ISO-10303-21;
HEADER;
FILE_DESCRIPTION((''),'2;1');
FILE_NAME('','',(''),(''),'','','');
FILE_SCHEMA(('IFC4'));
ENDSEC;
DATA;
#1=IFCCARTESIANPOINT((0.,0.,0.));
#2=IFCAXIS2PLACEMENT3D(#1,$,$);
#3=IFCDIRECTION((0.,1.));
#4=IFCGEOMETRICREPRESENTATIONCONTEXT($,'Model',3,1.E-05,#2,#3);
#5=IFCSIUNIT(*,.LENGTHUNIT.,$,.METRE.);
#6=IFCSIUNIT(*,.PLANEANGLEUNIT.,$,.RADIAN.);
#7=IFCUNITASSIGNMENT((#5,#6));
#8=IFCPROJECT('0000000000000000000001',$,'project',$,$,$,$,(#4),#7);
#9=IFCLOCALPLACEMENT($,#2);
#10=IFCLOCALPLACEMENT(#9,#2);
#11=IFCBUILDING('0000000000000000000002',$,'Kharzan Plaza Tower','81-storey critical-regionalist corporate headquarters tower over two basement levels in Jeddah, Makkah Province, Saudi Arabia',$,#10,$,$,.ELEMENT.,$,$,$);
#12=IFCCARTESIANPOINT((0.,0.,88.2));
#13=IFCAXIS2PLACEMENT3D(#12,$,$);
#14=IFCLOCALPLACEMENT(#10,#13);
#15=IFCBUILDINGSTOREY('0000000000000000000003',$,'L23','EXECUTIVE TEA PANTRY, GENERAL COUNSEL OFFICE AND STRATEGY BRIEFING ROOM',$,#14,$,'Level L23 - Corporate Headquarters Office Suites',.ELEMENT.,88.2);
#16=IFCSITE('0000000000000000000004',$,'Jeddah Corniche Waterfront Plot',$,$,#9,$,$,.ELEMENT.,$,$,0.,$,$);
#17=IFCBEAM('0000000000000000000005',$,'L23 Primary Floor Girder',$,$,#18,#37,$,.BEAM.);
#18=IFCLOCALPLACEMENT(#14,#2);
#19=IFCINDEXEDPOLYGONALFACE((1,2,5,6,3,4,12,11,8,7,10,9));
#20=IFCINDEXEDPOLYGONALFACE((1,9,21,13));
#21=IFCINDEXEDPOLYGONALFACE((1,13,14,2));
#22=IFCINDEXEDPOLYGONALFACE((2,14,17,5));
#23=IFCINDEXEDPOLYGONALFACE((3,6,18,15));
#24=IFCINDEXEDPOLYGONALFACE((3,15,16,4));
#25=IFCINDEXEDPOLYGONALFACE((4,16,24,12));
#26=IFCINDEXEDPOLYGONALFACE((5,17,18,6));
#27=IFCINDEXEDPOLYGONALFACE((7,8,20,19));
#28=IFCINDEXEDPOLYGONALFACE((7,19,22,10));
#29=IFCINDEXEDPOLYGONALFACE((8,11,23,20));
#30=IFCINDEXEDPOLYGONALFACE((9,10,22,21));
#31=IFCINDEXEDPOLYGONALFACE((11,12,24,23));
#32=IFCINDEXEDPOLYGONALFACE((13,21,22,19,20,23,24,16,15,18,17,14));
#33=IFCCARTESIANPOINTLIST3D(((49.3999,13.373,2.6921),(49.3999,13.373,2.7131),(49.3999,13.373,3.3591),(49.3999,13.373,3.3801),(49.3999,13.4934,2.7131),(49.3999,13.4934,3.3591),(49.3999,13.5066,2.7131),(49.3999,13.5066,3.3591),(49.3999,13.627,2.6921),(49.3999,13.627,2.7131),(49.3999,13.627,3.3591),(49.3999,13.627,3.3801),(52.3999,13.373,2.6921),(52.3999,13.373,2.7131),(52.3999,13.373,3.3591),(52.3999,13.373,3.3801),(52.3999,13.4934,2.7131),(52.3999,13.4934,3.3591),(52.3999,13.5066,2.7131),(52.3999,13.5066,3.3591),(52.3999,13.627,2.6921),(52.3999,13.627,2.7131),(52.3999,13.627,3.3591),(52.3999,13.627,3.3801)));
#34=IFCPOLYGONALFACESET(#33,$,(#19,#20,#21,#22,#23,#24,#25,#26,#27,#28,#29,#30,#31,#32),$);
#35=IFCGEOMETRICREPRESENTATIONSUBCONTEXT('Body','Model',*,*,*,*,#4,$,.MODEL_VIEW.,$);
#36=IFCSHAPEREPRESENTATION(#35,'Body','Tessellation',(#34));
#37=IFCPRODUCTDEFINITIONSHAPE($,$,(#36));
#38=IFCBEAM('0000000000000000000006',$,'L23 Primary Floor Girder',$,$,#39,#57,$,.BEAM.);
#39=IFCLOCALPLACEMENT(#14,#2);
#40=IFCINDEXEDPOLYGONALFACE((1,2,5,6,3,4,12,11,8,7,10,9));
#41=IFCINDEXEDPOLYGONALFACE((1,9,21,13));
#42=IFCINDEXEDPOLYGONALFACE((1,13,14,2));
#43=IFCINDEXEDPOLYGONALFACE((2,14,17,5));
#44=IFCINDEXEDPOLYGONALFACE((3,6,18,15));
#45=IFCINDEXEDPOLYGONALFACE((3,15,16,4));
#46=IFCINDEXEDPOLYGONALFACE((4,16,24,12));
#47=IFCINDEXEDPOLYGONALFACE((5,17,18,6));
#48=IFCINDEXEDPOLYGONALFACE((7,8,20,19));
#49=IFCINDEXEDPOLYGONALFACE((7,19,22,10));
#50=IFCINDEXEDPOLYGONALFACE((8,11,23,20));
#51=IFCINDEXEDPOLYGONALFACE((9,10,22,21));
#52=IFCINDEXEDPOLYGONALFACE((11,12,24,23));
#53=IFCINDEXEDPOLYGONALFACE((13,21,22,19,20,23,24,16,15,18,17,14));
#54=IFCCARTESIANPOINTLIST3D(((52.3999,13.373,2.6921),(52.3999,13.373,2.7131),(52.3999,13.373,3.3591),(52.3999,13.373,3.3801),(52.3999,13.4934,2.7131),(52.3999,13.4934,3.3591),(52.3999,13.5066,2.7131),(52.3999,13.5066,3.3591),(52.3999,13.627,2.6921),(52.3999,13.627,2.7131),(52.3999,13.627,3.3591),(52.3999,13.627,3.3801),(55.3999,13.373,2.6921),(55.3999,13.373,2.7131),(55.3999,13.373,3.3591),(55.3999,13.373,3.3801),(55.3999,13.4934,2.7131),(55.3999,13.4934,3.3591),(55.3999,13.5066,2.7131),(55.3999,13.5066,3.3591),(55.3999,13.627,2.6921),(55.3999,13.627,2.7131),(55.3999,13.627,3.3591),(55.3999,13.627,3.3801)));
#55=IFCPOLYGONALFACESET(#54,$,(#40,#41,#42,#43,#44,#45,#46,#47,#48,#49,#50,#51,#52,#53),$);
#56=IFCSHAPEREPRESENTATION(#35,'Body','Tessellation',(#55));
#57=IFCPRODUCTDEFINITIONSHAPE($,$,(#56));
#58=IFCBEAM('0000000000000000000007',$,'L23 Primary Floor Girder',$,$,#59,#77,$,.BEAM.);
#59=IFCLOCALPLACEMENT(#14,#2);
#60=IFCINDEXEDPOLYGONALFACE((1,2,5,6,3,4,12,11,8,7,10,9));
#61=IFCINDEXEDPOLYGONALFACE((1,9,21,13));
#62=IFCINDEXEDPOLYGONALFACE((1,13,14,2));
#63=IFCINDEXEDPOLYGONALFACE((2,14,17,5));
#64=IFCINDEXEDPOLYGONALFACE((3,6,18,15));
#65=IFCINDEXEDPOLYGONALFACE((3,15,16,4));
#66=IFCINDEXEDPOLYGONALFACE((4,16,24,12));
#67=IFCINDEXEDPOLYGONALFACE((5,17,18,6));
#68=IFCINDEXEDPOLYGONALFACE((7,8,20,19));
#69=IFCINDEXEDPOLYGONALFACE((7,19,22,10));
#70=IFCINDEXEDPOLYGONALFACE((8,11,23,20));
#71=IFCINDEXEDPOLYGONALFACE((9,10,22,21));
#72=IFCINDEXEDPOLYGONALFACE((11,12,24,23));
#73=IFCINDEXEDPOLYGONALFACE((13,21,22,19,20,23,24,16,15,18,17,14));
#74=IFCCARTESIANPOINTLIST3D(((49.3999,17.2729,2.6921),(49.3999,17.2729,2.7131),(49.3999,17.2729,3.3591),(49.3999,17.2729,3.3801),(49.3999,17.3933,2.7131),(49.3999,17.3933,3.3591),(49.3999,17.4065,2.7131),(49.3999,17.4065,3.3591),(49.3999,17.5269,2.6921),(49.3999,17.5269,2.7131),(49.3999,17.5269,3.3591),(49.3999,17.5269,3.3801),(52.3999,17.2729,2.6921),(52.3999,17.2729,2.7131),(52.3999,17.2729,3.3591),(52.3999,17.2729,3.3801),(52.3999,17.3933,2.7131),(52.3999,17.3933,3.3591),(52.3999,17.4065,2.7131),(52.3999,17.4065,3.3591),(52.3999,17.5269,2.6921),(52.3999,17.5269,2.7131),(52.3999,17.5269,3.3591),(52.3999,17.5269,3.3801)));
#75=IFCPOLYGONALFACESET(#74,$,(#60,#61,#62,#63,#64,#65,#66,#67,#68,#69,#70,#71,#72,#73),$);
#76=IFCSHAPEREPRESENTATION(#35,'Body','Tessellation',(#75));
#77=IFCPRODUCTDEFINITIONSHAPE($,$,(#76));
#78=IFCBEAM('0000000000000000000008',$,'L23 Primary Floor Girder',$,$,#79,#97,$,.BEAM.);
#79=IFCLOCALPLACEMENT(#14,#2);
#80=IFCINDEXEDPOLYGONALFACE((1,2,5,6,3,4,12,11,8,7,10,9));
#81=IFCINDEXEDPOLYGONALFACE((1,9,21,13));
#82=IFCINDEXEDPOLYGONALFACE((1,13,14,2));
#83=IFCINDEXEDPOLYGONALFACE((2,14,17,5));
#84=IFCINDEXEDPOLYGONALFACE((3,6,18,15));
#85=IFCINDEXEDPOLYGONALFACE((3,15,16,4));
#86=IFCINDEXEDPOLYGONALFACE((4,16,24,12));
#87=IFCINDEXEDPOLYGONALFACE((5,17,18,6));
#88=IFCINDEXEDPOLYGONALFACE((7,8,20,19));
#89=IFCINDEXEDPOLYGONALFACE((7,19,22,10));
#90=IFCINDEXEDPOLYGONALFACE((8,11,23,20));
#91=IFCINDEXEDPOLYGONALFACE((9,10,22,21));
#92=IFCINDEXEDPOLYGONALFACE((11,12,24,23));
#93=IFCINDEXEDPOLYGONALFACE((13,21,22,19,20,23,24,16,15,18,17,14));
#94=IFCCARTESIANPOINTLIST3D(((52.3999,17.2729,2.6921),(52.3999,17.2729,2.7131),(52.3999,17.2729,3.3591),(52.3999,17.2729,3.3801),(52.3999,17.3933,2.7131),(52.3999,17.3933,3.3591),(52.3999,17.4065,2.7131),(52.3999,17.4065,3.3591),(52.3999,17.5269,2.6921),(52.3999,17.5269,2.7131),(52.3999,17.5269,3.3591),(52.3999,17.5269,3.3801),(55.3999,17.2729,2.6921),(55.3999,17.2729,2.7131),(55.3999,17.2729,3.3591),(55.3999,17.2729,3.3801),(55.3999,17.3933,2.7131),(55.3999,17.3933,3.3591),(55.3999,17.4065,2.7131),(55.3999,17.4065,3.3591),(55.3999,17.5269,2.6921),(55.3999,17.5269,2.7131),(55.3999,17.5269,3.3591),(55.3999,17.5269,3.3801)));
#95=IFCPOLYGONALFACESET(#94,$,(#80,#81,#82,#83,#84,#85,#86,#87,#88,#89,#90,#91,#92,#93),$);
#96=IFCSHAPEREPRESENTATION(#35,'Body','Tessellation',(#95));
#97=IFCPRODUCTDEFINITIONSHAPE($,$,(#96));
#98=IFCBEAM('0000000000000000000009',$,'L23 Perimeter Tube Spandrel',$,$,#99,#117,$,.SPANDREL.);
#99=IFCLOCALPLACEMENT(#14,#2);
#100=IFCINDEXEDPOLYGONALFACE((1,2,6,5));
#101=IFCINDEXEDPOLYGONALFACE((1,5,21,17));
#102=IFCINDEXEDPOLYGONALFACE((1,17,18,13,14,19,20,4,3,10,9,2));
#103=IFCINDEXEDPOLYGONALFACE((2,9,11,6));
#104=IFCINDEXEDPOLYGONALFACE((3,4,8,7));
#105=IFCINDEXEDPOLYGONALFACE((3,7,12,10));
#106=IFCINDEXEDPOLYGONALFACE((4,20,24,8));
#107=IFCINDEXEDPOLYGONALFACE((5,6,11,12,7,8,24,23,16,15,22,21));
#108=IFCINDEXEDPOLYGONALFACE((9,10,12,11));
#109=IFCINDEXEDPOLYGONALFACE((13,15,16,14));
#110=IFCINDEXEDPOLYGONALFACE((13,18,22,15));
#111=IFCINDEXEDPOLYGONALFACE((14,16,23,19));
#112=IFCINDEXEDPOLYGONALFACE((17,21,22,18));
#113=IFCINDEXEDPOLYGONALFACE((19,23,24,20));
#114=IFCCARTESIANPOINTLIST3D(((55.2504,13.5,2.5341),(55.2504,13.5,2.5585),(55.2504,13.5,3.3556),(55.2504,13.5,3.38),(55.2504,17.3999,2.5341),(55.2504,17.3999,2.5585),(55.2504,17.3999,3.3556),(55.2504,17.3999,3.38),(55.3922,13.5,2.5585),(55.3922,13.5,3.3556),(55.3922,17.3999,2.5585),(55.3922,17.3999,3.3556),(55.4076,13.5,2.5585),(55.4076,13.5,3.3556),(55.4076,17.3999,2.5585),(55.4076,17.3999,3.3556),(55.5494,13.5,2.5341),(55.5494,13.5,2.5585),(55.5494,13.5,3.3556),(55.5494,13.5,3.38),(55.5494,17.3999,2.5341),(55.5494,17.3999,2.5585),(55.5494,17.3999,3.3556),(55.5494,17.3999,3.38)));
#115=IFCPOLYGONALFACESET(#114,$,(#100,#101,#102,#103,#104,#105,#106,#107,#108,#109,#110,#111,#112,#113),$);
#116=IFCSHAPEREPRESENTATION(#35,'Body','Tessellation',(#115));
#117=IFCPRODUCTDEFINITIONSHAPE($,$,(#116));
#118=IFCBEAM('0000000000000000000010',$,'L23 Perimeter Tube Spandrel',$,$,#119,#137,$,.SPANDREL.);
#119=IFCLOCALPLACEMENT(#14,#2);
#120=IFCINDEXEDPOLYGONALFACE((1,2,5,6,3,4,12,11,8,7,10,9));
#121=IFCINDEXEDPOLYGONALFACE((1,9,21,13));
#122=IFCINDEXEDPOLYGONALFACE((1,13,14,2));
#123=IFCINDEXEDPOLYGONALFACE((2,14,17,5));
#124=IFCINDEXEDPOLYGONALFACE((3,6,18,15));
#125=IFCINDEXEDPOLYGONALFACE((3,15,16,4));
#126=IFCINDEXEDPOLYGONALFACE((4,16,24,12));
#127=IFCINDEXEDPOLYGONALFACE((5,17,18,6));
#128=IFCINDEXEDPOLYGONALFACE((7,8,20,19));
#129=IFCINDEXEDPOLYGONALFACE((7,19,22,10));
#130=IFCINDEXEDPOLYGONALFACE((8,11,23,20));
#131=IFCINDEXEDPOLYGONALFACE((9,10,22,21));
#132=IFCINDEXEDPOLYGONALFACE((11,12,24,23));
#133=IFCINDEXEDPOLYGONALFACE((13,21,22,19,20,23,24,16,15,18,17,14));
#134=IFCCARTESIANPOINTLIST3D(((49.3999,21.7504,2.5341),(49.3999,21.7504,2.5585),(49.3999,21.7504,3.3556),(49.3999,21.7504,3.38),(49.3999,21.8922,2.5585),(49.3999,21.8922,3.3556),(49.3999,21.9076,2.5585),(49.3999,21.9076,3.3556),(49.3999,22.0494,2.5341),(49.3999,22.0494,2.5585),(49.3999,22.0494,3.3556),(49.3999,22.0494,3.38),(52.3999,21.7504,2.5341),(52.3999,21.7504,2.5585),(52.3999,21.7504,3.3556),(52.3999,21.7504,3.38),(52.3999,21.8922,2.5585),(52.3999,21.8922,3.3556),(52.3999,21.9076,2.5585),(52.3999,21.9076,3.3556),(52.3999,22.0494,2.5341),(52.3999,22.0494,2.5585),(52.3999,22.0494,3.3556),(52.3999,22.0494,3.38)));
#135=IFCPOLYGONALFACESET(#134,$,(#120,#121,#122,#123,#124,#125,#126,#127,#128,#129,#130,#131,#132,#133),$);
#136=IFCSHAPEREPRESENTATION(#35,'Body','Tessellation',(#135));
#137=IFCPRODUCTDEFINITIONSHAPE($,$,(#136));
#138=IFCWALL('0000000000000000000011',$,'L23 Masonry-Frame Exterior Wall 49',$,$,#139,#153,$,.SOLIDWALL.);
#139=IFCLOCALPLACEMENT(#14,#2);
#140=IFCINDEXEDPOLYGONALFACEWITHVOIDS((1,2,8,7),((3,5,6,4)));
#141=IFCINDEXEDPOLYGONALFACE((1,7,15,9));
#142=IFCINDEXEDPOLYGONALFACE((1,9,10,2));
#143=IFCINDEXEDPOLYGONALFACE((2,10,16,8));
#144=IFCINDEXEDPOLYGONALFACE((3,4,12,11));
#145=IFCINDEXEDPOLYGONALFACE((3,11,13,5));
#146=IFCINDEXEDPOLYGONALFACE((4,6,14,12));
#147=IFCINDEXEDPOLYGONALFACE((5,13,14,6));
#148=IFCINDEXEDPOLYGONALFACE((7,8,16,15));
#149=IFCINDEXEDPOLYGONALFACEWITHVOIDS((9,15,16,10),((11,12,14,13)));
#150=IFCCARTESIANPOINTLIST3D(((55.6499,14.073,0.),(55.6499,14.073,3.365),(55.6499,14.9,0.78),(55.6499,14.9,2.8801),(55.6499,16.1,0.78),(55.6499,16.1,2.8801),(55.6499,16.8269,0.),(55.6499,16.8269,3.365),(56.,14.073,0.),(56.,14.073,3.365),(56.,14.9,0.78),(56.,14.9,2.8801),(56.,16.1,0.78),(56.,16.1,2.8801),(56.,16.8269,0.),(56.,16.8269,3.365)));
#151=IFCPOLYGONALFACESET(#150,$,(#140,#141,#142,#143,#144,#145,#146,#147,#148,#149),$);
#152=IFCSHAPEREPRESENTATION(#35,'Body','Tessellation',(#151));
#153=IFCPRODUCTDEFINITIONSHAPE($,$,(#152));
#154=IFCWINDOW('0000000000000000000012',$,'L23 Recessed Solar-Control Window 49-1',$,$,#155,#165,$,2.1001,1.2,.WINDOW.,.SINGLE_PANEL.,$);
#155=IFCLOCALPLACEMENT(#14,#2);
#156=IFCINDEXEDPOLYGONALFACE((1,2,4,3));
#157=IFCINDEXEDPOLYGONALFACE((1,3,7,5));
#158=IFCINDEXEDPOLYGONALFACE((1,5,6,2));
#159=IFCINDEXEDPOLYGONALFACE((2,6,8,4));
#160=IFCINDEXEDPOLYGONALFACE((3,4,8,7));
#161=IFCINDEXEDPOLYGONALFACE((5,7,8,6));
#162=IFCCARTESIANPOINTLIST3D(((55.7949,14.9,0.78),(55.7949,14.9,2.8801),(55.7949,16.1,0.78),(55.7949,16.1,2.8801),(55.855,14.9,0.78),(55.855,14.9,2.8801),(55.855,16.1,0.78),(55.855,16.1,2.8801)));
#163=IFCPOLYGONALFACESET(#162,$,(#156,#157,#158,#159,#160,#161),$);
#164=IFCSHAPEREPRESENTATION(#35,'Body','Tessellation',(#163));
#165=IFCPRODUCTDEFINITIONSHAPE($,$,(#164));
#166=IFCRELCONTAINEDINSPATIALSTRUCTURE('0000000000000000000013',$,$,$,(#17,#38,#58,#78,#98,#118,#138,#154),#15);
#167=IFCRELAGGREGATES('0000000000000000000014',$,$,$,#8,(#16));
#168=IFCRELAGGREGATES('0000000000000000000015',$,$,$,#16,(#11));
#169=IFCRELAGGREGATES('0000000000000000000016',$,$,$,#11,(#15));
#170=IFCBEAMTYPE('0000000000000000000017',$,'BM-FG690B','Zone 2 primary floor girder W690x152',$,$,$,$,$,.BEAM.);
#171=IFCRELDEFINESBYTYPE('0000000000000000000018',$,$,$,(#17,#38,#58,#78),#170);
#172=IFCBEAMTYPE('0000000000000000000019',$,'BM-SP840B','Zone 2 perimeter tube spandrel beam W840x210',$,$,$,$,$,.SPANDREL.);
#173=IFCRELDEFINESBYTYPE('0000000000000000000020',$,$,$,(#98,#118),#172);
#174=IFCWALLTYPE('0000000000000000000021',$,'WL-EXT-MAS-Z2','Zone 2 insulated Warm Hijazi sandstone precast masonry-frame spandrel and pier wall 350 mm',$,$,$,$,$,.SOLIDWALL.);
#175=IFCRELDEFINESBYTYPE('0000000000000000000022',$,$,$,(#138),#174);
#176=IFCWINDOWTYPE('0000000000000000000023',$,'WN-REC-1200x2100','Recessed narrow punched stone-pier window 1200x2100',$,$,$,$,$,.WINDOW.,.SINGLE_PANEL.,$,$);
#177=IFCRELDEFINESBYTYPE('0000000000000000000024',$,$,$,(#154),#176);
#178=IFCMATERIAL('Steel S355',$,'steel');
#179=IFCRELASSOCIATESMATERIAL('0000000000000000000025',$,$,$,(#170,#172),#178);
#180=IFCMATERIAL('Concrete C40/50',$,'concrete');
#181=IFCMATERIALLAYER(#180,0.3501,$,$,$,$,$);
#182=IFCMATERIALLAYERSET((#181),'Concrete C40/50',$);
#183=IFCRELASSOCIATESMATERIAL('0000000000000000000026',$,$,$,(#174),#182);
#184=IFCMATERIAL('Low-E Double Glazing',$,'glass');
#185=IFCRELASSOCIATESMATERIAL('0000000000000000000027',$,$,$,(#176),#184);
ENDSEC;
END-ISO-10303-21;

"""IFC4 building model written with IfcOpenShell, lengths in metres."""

from ifc_helpers import new_model, si_unit, direction, frame, frame_2d, origin, origin_2d, place, context, subcontext, project, spatial, rectangle, i_section, extrude, source, transform, mapped, material, layer, layer_set, material_profile, profile_set, type_object, element, fill, save


model = new_model("IFC4")

# Units and contexts
model_context = context("Model", 3, precision=1e-05, world=origin(), true_north=direction((0.0, 1.0)))
body_context = subcontext(model_context, "Body", "Model", "MODEL_VIEW")
ifc_project = project(units=[si_unit("LENGTHUNIT", "METRE"), si_unit("PLANEANGLEUNIT", "RADIAN")], contexts=[model_context])

# Site, building, storey
site_placement = place(None, origin())
site = spatial("IfcSite", under=ifc_project, at=site_placement, Name="Jeddah Corniche Waterfront Plot", CompositionType="ELEMENT", RefElevation=0.0)
building_placement = place(site_placement, origin())
building = spatial("IfcBuilding", under=site, at=building_placement, Name="Kharzan Plaza Tower", Description="81-storey critical-regionalist corporate headquarters tower over two basement levels in Jeddah, Makkah Province, Saudi Arabia", CompositionType="ELEMENT")
storey_placement = place(building_placement, frame((0.0, 0.0, 88.2)))
storey = spatial("IfcBuildingStorey", under=building, at=storey_placement, Name="L23", Description="EXECUTIVE TEA PANTRY, GENERAL COUNSEL OFFICE AND STRATEGY BRIEFING ROOM", LongName="Level L23 - Corporate Headquarters Office Suites", CompositionType="ELEMENT", Elevation=88.2)

# Beams
ifc_material_1 = material(Name="Steel S355", Category="steel")
ifc_material_profile_1 = material_profile(ifc_material_1, i_section(OverallWidth=0.2539, OverallDepth=0.688, WebThickness=0.0132, FlangeThickness=0.021, at=origin_2d()), Name="W690x152")
ifc_profile_set_1 = profile_set([ifc_material_profile_1], Name="Steel S355")
beam_type_1 = type_object("IfcBeamType", Name="BM-FG690B", Description="Zone 2 primary floor girder W690x152", PredefinedType="BEAM", material=ifc_profile_set_1)
shared_shape_1 = source(origin(), body_context, "Body", "SweptSolid", [
    extrude(i_section(OverallWidth=0.2539, OverallDepth=0.688, WebThickness=0.0132, FlangeThickness=0.021, at=origin_2d()), origin(), (0.0, 0.0, 1.0), 3.0),
])
for number, where, z_axis, x_axis, name in (
    (1, (49.3999, 13.5, 3.0361), (1.0, 0.0, 0.0), (0.0, 1.0, 0.0), "L23 Primary Floor Girder"),
    (2, (52.3999, 13.5, 3.0361), (1.0, 0.0, 0.0), (0.0, 1.0, 0.0), "L23 Primary Floor Girder"),
    (3, (49.3999, 17.3999, 3.0361), (1.0, 0.0, 0.0), (0.0, 1.0, 0.0), "L23 Primary Floor Girder"),
    (4, (52.3999, 17.3999, 3.0361), (1.0, 0.0, 0.0), (0.0, 1.0, 0.0), "L23 Primary Floor Girder"),
):
    element("IfcBeam", number, at=place(storey_placement, frame(where, z_axis=z_axis, x_axis=x_axis)), inside=storey, type_object=beam_type_1, Name=name, PredefinedType="BEAM", context=body_context, shape_type="MappedRepresentation", body=[
        mapped(shared_shape_1, transform((0.0, 0.0, 0.0), x_axis=(1.0, 0.0, 0.0), y_axis=(0.0, 1.0, 0.0), z_axis=(0.0, 0.0, 1.0))),
    ])
ifc_material_profile_2 = material_profile(ifc_material_1, i_section(OverallWidth=0.2991, OverallDepth=0.8459, WebThickness=0.0154, FlangeThickness=0.0244, at=origin_2d()), Name="W840x210")
ifc_profile_set_2 = profile_set([ifc_material_profile_2], Name="Steel S355")
beam_type_2 = type_object("IfcBeamType", Name="BM-SP840B", Description="Zone 2 perimeter tube spandrel beam W840x210", PredefinedType="SPANDREL", material=ifc_profile_set_2)
shared_shape_2 = source(origin(), body_context, "Body", "SweptSolid", [
    extrude(i_section(OverallWidth=0.2991, OverallDepth=0.8459, WebThickness=0.0154, FlangeThickness=0.0244, at=origin_2d()), origin(), (0.0, 0.0, 1.0), 3.8999),
])
beam_1_placement = place(storey_placement, frame((55.3999, 13.5, 2.957), z_axis=(0.0, 1.0, 0.0), x_axis=(-1.0, 0.0, 0.0)))
element("IfcBeam", 5, at=beam_1_placement, inside=storey, type_object=beam_type_2, Name="L23 Perimeter Tube Spandrel", PredefinedType="SPANDREL", context=body_context, shape_type="MappedRepresentation", body=[
    mapped(shared_shape_2, transform((0.0, 0.0, 0.0), x_axis=(1.0, 0.0, 0.0), y_axis=(0.0, 1.0, 0.0), z_axis=(0.0, 0.0, 1.0))),
])
shared_shape_3 = source(origin(), body_context, "Body", "SweptSolid", [
    extrude(i_section(OverallWidth=0.2991, OverallDepth=0.8459, WebThickness=0.0154, FlangeThickness=0.0244, at=origin_2d()), origin(), (0.0, 0.0, 1.0), 3.0),
])
beam_2_placement = place(storey_placement, frame((49.3999, 21.8999, 2.957), z_axis=(1.0, 0.0, 0.0), x_axis=(0.0, 1.0, 0.0)))
element("IfcBeam", 6, at=beam_2_placement, inside=storey, type_object=beam_type_2, Name="L23 Perimeter Tube Spandrel", PredefinedType="SPANDREL", context=body_context, shape_type="MappedRepresentation", body=[
    mapped(shared_shape_3, transform((0.0, 0.0, 0.0), x_axis=(1.0, 0.0, 0.0), y_axis=(0.0, 1.0, 0.0), z_axis=(0.0, 0.0, 1.0))),
])

# Wall, opening, window
ifc_material_2 = material(Name="Concrete C40/50", Category="concrete")
ifc_layer = layer(ifc_material_2, 0.3501)
ifc_layer_set = layer_set([ifc_layer], Name="Concrete C40/50")
wall_type = type_object("IfcWallType", Name="WL-EXT-MAS-Z2", Description="Zone 2 insulated Warm Hijazi sandstone precast masonry-frame spandrel and pier wall 350 mm", PredefinedType="SOLIDWALL", material=ifc_layer_set)
wall_1_placement = place(storey_placement, frame((55.825, 14.073, 0.0), z_axis=(0.0, 0.0, 1.0), x_axis=(0.0, 1.0, 0.0)))
wall_1 = element("IfcWall", 7, at=wall_1_placement, inside=storey, type_object=wall_type, Name="L23 Masonry-Frame Exterior Wall 49", PredefinedType="SOLIDWALL", context=body_context, shape_type="SweptSolid", body=[
    extrude(rectangle(XDim=2.7539, YDim=0.3501, at=frame_2d((1.377, 0.0))), origin(), (0.0, 0.0, 1.0), 3.365),
])
opening_1_placement = place(wall_1_placement, frame((0.8269, 0.0, 0.78)))
opening_1 = element("IfcOpeningElement", 8, at=opening_1_placement, cuts=wall_1, PredefinedType="OPENING", context=body_context, shape_type="SweptSolid", body=[
    extrude(rectangle(XDim=1.2, YDim=2.1001, at=frame_2d((0.6001, 1.05))), frame((0.0, 0.1851, 0.0), z_axis=(0.0, -1.0, 0.0), x_axis=(1.0, 0.0, 0.0)), (0.0, 0.0, 1.0), 0.3701),
])
ifc_material_3 = material(Name="Low-E Double Glazing", Category="glass")
window_type_1 = type_object("IfcWindowType", Name="WN-REC-1200x2100", Description="Recessed narrow punched stone-pier window 1200x2100", PartitioningType="SINGLE_PANEL", PredefinedType="WINDOW", material=ifc_material_3)
shared_shape_4 = source(origin(), body_context, "Body", "SweptSolid", [
    extrude(rectangle(XDim=1.2, YDim=2.1001, at=frame_2d((0.6001, 1.05))), frame((0.0, 0.03, 0.0), z_axis=(0.0, -1.0, 0.0), x_axis=(1.0, 0.0, 0.0)), (0.0, 0.0, 1.0), 0.0601),
])
window_1_placement = place(opening_1_placement, origin())
window_1 = element("IfcWindow", 9, at=window_1_placement, inside=storey, type_object=window_type_1, Name="L23 Recessed Solar-Control Window 49-1", OverallHeight=2.1001, OverallWidth=1.2, PartitioningType="SINGLE_PANEL", PredefinedType="WINDOW", context=body_context, shape_type="MappedRepresentation", body=[
    mapped(shared_shape_4, transform((0.0, 0.0, 0.0), x_axis=(1.0, 0.0, 0.0), y_axis=(0.0, 1.0, 0.0), z_axis=(0.0, 0.0, 1.0))),
])
fill(opening_1, window_1)

save(model, "model.ifc")
